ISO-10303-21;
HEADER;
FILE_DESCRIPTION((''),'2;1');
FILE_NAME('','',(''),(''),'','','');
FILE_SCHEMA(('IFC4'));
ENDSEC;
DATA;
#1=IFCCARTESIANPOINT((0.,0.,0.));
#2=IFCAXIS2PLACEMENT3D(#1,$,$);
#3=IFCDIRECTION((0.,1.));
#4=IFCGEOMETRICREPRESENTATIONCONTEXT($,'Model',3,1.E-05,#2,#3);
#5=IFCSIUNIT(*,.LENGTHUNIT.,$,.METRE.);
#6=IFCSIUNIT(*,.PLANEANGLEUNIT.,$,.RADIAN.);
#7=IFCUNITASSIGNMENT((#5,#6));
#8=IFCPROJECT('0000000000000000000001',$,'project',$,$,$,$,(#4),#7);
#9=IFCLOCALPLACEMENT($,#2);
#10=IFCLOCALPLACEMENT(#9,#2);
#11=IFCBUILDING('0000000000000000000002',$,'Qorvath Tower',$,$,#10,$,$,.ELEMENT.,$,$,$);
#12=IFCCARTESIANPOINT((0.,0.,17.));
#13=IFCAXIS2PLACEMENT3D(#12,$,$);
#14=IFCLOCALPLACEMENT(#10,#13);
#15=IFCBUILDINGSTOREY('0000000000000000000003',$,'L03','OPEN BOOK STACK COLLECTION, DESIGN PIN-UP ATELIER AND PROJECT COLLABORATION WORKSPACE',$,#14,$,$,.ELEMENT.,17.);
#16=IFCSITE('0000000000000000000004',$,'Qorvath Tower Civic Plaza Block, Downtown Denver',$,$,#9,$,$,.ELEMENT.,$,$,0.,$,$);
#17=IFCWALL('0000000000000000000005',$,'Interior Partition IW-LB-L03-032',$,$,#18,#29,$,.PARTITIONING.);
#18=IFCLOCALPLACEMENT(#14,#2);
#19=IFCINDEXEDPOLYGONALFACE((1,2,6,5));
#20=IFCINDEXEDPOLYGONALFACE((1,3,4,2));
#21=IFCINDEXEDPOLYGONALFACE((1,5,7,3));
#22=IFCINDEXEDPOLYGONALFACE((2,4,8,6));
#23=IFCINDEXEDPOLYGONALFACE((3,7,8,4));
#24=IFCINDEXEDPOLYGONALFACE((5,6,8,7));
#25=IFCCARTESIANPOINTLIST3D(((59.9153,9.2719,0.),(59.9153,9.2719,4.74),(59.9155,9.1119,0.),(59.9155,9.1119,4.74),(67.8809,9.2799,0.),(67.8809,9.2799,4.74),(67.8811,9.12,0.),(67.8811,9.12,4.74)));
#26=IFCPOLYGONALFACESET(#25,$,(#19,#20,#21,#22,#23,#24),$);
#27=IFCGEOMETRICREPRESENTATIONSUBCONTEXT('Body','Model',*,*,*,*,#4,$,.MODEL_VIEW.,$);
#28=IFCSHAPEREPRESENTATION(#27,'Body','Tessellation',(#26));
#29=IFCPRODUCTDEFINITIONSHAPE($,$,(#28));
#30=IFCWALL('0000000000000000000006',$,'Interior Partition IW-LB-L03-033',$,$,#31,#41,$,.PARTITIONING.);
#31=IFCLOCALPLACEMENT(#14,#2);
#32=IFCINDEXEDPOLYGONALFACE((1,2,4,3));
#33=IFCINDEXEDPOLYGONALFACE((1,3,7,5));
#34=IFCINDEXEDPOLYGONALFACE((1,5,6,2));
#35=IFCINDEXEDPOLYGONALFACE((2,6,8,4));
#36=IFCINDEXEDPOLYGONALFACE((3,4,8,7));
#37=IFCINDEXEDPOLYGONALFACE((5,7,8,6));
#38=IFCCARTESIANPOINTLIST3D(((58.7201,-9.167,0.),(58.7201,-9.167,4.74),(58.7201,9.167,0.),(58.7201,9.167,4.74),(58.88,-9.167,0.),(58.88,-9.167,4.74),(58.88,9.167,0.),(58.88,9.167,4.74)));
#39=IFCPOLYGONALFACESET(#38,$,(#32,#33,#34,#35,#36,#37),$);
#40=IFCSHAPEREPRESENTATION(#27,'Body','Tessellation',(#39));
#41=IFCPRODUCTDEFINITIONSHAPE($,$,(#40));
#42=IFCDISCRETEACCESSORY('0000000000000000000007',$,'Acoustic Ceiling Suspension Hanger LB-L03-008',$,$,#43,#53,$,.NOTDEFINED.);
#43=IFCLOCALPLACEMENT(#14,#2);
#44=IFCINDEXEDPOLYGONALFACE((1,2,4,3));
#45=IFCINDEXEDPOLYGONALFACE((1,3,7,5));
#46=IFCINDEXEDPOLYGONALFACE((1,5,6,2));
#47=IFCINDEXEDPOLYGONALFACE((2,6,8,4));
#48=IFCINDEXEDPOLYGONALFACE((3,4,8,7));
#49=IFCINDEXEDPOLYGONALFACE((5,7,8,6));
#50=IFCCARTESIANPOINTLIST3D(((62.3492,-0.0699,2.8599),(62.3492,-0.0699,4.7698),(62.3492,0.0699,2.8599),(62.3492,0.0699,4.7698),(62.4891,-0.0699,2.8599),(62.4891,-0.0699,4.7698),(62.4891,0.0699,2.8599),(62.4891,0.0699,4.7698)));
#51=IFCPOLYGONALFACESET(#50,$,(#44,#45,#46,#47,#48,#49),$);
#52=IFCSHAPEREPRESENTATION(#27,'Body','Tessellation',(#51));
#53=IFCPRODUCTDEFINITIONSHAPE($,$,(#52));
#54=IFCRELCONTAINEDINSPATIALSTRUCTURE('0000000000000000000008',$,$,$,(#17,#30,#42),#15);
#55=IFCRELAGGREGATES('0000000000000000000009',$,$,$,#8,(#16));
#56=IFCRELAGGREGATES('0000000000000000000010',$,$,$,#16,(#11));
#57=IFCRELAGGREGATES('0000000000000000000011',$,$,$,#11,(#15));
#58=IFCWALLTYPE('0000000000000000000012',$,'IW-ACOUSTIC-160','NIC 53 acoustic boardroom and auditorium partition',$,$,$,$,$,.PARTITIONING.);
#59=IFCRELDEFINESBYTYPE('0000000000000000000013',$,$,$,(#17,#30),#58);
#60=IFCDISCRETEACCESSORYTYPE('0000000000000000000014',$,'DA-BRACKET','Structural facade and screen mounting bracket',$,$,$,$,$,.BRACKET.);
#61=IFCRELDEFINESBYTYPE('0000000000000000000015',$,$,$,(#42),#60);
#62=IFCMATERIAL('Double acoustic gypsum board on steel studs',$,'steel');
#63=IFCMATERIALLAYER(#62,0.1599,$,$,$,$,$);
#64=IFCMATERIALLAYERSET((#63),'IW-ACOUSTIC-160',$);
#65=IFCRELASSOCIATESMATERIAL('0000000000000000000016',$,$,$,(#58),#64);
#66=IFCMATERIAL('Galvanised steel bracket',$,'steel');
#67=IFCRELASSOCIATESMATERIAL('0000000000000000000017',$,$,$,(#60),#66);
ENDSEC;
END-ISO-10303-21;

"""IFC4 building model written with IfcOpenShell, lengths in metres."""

from ifc_helpers import new_model, si_unit, direction, frame, frame_2d, origin, origin_2d, place, context, subcontext, project, spatial, rectangle, extrude, material, layer, layer_set, type_object, element, save


model = new_model("IFC4")

# Units and contexts
model_context = context("Model", 3, precision=1e-05, world=origin(), true_north=direction((0.0, 1.0)))
body_context = subcontext(model_context, "Body", "Model", "MODEL_VIEW")
ifc_project = project(units=[si_unit("LENGTHUNIT", "METRE"), si_unit("PLANEANGLEUNIT", "RADIAN")], contexts=[model_context])

# Site, building, storey
site_placement = place(None, origin())
site = spatial("IfcSite", under=ifc_project, at=site_placement, Name="Qorvath Tower Civic Plaza Block, Downtown Denver", CompositionType="ELEMENT", RefElevation=0.0)
building_placement = place(site_placement, origin())
building = spatial("IfcBuilding", under=site, at=building_placement, Name="Qorvath Tower", CompositionType="ELEMENT")
storey_placement = place(building_placement, frame((0.0, 0.0, 17.0)))
storey = spatial("IfcBuildingStorey", under=building, at=storey_placement, Name="L03", Description="OPEN BOOK STACK COLLECTION, DESIGN PIN-UP ATELIER AND PROJECT COLLABORATION WORKSPACE", CompositionType="ELEMENT", Elevation=17.0)

# Walls
ifc_material_1 = material(Name="Double acoustic gypsum board on steel studs", Category="steel")
ifc_layer = layer(ifc_material_1, 0.1599)
ifc_layer_set = layer_set([ifc_layer], Name="IW-ACOUSTIC-160")
wall_type = type_object("IfcWallType", Name="IW-ACOUSTIC-160", Description="NIC 53 acoustic boardroom and auditorium partition", PredefinedType="PARTITIONING", material=ifc_layer_set)
wall_1_placement = place(storey_placement, frame((67.8811, 9.2, 0.0), z_axis=(0.0, 0.0, 1.0), x_axis=(-0.999999, -0.001011, 0.0)))
element("IfcWall", 1, at=wall_1_placement, inside=storey, type_object=wall_type, Name="Interior Partition IW-LB-L03-032", PredefinedType="PARTITIONING", context=body_context, shape_type="SweptSolid", body=[
    extrude(rectangle(XDim=7.9656, YDim=0.1599, at=frame_2d((3.9829, 0.0))), origin(), (0.0, 0.0, 1.0), 4.74),
])
wall_2_placement = place(storey_placement, frame((58.8, 9.167, 0.0), z_axis=(0.0, 0.0, 1.0), x_axis=(0.0, -1.0, 0.0)))
element("IfcWall", 2, at=wall_2_placement, inside=storey, type_object=wall_type, Name="Interior Partition IW-LB-L03-033", PredefinedType="PARTITIONING", context=body_context, shape_type="SweptSolid", body=[
    extrude(rectangle(XDim=18.334, YDim=0.1599, at=frame_2d((9.167, 0.0))), origin(), (0.0, 0.0, 1.0), 4.74),
])

# Discrete accessory
ifc_material_2 = material(Name="Galvanised steel bracket", Category="steel")
discrete_accessory_type = type_object("IfcDiscreteAccessoryType", Name="DA-BRACKET", Description="Structural facade and screen mounting bracket", PredefinedType="BRACKET", material=ifc_material_2)
discrete_accessory_placement = place(storey_placement, frame((62.4192, 0.0, 2.8599), z_axis=(0.0, 0.0, 1.0), x_axis=(1.0, 0.0, 0.0)))
element("IfcDiscreteAccessory", 3, at=discrete_accessory_placement, inside=storey, type_object=discrete_accessory_type, Name="Acoustic Ceiling Suspension Hanger LB-L03-008", PredefinedType="NOTDEFINED", context=body_context, shape_type="SweptSolid", body=[
    extrude(rectangle(XDim=0.1399, YDim=0.1399, at=origin_2d()), origin(), (0.0, 0.0, 1.0), 1.9099),
])

save(model, "model.ifc")
